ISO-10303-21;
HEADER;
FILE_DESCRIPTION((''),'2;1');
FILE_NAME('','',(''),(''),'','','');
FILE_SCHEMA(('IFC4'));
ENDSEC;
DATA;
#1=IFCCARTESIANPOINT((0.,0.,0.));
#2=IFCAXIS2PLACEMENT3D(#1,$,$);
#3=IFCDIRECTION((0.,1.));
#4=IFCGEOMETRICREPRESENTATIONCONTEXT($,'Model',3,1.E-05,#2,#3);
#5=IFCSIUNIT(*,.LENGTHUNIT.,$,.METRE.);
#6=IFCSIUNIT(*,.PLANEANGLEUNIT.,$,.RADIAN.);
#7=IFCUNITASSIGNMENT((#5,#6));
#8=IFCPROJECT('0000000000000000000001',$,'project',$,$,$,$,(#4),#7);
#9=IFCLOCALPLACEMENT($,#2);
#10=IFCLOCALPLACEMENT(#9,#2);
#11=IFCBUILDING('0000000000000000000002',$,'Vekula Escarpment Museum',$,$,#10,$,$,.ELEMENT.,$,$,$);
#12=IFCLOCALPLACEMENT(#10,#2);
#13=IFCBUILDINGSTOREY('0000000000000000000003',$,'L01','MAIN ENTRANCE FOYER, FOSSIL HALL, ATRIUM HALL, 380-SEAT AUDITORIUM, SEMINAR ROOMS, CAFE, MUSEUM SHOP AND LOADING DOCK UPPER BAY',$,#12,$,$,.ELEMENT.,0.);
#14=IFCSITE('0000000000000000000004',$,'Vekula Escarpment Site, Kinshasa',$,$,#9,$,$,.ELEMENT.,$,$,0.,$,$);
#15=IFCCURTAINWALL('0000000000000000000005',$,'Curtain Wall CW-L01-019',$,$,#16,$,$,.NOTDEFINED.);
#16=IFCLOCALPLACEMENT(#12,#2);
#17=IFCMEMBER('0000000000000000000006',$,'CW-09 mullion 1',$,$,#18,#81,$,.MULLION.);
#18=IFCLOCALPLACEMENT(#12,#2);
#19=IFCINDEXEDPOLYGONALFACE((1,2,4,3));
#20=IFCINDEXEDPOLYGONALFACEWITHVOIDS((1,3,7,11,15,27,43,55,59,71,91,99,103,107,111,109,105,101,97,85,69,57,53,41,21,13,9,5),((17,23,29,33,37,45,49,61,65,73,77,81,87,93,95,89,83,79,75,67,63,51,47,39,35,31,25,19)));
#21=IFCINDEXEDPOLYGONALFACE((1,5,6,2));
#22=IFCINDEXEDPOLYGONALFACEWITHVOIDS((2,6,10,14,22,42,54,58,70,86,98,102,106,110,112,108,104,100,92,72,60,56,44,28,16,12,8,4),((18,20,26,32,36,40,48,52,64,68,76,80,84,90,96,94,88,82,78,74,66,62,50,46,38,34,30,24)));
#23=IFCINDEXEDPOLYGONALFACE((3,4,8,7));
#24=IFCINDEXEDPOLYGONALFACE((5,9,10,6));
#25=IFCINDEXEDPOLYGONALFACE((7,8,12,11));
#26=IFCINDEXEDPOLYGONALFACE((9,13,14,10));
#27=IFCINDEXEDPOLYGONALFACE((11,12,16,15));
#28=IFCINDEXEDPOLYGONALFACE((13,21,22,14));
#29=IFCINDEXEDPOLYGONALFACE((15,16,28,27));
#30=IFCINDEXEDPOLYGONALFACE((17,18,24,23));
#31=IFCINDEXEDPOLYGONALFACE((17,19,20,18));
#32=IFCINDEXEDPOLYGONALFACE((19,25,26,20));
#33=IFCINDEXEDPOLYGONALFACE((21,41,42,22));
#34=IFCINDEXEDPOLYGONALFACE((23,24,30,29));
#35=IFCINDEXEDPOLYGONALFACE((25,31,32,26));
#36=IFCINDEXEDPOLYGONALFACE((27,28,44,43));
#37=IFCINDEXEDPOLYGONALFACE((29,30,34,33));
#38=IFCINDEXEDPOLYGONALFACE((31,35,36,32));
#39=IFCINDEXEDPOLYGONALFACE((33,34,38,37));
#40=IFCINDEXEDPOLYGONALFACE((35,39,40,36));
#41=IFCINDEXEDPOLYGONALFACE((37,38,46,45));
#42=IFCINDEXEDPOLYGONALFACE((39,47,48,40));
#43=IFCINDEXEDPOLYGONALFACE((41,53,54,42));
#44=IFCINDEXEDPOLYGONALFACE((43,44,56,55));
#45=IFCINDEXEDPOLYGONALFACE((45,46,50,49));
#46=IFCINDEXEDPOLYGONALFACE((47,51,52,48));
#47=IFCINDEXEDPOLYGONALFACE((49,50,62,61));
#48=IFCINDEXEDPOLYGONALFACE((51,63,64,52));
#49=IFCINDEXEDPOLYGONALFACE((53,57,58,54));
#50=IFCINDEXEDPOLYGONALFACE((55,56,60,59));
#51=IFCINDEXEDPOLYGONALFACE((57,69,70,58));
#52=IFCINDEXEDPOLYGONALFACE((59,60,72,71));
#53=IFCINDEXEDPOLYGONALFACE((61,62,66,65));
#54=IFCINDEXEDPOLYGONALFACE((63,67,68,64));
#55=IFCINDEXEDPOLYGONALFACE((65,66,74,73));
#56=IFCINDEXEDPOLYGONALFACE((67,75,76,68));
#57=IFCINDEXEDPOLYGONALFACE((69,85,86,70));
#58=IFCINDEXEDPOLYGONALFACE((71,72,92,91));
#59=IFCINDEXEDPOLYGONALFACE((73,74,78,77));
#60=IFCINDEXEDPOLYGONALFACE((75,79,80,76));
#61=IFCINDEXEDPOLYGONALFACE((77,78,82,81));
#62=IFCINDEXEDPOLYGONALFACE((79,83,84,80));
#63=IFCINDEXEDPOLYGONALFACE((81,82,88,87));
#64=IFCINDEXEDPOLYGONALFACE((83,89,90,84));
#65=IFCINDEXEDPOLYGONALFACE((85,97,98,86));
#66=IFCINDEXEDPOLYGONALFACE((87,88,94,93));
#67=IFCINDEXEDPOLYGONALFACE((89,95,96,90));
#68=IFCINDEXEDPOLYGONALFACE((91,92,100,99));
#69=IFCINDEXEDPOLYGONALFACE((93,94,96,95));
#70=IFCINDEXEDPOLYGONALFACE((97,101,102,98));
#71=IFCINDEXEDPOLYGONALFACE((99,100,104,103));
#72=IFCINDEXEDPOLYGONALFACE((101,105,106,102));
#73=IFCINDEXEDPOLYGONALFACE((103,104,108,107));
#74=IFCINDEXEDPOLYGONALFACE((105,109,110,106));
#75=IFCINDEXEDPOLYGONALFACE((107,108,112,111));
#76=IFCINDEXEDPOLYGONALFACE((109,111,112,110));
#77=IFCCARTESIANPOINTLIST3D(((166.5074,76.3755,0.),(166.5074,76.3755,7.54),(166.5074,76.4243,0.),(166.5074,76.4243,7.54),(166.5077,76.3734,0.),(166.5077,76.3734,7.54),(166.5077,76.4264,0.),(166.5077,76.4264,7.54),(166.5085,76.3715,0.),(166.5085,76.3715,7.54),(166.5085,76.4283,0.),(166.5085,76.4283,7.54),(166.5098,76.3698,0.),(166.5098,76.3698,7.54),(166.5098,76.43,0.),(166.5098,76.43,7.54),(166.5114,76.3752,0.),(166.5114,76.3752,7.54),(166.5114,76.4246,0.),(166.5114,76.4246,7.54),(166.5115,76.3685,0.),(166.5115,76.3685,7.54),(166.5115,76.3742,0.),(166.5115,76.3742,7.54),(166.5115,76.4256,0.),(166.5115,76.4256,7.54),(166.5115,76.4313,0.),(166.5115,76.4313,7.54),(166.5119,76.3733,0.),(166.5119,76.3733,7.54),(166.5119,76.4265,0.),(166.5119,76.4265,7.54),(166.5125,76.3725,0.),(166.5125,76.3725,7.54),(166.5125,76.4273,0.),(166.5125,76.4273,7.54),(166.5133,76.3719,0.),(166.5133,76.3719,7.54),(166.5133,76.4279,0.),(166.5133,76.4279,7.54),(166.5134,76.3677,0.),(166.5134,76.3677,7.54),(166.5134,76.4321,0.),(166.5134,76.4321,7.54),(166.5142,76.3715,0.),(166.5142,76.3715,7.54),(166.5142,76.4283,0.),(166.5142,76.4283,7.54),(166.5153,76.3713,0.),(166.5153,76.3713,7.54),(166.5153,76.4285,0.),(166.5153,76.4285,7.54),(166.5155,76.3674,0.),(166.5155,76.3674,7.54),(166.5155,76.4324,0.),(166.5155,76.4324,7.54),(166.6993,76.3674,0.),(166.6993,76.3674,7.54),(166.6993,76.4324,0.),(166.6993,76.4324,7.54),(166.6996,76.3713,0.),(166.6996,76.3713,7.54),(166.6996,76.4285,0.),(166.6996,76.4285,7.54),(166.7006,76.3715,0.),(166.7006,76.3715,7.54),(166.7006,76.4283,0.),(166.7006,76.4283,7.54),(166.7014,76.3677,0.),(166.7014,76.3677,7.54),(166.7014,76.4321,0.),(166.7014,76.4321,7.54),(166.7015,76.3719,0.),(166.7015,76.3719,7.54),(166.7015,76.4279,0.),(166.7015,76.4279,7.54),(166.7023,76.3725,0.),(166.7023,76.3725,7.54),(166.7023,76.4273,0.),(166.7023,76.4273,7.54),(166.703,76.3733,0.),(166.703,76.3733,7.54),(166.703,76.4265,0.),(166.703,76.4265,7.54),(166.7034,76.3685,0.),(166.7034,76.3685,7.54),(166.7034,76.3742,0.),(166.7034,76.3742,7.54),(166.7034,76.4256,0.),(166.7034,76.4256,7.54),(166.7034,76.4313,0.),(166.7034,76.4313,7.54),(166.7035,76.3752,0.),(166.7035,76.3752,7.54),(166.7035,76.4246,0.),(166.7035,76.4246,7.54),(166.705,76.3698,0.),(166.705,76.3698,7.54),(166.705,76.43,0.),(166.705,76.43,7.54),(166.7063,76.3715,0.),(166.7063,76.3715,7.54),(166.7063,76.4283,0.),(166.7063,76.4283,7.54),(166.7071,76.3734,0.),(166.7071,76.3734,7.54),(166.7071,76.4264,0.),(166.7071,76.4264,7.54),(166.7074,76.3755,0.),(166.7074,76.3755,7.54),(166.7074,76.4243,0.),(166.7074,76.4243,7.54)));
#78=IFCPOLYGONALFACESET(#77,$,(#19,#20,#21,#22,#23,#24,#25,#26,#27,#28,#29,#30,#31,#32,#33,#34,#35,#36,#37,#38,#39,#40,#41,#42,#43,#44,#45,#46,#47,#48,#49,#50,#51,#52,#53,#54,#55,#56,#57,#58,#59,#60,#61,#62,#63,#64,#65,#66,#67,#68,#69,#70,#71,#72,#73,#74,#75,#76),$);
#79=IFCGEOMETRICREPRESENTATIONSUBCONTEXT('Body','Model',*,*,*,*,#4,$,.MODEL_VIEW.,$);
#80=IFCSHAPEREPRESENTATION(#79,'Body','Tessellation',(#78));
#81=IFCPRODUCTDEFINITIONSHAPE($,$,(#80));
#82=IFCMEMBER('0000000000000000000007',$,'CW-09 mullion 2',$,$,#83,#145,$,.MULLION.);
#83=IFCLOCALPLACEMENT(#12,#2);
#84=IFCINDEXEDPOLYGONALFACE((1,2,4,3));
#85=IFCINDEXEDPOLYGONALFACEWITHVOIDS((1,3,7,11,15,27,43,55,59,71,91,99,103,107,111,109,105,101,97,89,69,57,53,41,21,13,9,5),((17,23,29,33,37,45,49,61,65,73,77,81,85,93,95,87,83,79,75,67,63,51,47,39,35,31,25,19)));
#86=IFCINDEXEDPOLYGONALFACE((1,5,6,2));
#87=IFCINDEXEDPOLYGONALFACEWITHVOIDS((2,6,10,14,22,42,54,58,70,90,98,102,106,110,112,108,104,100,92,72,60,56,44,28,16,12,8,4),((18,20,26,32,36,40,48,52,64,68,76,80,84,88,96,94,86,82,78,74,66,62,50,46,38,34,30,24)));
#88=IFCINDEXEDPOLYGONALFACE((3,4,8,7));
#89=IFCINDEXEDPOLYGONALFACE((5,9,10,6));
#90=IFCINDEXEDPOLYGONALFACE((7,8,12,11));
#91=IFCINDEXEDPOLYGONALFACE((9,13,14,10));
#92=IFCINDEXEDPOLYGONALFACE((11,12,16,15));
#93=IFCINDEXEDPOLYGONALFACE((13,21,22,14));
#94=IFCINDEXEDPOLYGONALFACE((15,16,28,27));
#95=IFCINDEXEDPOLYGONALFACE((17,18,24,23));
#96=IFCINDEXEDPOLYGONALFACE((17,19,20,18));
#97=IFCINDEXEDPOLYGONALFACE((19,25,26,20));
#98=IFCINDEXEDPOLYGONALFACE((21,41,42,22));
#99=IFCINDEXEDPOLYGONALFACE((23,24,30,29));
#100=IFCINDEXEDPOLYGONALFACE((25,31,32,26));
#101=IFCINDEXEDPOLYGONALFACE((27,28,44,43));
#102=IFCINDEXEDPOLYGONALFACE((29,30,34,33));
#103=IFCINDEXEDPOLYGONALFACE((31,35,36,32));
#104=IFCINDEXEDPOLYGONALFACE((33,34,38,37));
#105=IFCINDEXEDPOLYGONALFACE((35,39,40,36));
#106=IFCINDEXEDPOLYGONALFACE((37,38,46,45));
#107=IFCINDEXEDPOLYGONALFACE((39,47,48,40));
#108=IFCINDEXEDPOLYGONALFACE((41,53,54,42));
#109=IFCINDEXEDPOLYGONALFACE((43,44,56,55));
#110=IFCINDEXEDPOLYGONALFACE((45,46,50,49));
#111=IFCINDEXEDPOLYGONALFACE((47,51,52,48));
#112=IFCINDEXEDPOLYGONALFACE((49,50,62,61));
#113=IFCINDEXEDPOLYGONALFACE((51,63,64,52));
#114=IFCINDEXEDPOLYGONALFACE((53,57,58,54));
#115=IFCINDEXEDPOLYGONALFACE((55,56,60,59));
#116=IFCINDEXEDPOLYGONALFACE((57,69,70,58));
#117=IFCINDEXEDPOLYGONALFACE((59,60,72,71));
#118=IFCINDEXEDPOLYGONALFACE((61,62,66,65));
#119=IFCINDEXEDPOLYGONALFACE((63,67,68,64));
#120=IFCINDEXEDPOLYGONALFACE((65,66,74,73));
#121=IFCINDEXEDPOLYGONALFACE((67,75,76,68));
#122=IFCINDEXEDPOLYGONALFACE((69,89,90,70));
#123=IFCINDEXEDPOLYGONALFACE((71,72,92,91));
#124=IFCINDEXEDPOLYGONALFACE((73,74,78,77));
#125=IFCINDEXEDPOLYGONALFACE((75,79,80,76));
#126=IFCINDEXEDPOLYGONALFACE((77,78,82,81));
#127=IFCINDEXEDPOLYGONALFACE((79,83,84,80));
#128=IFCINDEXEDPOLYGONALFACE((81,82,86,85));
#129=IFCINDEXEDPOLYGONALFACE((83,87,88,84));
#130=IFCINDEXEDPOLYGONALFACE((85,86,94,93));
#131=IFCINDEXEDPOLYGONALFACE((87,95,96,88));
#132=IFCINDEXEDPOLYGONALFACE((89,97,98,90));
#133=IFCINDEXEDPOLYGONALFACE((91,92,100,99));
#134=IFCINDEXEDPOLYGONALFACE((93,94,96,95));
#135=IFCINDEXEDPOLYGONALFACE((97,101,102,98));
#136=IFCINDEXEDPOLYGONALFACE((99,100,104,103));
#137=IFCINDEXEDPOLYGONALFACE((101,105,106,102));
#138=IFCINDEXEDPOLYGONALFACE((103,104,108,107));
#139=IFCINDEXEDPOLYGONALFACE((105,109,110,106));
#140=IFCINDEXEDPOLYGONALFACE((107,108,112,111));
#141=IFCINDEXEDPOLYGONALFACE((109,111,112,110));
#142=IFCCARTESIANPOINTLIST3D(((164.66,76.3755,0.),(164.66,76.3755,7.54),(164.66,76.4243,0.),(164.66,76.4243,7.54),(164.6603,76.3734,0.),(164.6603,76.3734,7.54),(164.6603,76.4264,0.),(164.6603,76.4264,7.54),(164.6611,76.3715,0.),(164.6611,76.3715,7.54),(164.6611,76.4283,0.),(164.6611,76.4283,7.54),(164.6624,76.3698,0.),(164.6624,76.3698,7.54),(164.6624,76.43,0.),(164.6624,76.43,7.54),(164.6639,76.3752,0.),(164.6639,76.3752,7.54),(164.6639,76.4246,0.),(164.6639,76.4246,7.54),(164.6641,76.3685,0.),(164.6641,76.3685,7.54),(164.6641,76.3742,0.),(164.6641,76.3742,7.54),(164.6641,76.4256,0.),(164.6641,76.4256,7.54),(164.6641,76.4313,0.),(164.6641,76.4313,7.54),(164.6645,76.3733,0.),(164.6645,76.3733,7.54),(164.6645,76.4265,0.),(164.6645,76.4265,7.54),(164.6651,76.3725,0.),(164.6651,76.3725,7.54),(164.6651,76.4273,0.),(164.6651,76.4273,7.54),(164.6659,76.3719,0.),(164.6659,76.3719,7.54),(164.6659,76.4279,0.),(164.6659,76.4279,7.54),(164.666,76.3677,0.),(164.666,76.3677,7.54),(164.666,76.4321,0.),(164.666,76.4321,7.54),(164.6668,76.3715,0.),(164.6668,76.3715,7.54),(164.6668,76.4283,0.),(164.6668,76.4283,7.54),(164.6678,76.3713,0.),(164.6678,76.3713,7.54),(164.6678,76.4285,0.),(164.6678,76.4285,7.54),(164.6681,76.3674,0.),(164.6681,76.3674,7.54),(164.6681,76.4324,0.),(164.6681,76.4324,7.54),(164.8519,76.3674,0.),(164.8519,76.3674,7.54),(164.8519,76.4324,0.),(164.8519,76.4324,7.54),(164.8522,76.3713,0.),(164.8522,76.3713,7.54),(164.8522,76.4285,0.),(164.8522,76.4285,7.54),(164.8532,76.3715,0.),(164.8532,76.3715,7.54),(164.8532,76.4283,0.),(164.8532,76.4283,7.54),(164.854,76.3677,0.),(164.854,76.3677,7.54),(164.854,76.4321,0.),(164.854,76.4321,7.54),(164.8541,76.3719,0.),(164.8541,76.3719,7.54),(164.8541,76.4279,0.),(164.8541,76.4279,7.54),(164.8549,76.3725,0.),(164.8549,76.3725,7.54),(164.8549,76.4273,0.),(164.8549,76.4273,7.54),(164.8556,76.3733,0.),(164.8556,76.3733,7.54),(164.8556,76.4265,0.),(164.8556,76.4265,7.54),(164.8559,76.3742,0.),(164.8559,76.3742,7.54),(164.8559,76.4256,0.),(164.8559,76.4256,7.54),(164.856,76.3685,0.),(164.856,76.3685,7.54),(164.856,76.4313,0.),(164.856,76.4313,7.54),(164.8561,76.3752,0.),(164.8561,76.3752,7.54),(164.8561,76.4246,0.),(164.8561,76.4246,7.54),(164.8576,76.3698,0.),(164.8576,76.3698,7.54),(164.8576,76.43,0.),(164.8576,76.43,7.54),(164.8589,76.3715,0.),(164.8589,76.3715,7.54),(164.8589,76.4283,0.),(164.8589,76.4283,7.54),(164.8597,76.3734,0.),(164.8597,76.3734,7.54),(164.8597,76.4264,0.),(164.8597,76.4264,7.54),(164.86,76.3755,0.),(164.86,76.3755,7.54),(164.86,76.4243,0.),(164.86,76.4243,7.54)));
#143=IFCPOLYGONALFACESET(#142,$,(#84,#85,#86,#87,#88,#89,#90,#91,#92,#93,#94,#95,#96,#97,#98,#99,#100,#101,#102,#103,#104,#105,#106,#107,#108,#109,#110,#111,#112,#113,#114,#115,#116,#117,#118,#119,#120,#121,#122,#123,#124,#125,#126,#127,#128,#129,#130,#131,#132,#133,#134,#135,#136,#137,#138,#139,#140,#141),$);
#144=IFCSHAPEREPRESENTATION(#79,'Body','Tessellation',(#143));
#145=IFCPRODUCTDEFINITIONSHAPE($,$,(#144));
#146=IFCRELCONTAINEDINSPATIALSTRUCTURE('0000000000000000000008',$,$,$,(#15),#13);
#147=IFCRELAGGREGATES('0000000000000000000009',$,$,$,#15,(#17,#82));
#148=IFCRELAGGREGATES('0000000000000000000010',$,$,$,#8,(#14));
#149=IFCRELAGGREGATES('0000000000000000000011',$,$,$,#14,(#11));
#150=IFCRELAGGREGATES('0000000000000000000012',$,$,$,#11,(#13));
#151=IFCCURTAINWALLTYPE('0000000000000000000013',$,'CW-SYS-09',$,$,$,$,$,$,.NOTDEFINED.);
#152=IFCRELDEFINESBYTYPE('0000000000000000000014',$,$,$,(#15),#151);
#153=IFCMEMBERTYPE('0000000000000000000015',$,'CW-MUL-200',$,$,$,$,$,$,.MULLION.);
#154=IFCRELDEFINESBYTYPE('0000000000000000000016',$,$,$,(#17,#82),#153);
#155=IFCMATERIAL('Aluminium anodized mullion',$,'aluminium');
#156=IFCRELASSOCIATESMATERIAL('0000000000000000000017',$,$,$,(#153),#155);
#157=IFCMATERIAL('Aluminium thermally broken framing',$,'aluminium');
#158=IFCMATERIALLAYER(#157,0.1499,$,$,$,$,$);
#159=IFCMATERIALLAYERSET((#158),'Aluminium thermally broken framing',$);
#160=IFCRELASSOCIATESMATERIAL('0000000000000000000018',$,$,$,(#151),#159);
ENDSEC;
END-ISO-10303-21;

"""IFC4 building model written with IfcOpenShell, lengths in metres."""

from ifc_helpers import new_model, si_unit, direction, frame, origin, origin_2d, place, context, subcontext, project, spatial, hollow_rectangle, extrude, material, layer, layer_set, material_profile, profile_set, type_object, element, aggregate, save


model = new_model("IFC4")

# Units and contexts
model_context = context("Model", 3, precision=1e-05, world=origin(), true_north=direction((0.0, 1.0)))
body_context = subcontext(model_context, "Body", "Model", "MODEL_VIEW")
ifc_project = project(units=[si_unit("LENGTHUNIT", "METRE"), si_unit("PLANEANGLEUNIT", "RADIAN")], contexts=[model_context])

# Site, building, storey
site_placement = place(None, origin())
site = spatial("IfcSite", under=ifc_project, at=site_placement, Name="Vekula Escarpment Site, Kinshasa", CompositionType="ELEMENT", RefElevation=0.0)
building_placement = place(site_placement, origin())
building = spatial("IfcBuilding", under=site, at=building_placement, Name="Vekula Escarpment Museum", CompositionType="ELEMENT")
storey_placement = place(building_placement, origin())
storey = spatial("IfcBuildingStorey", under=building, at=storey_placement, Name="L01", Description="MAIN ENTRANCE FOYER, FOSSIL HALL, ATRIUM HALL, 380-SEAT AUDITORIUM, SEMINAR ROOMS, CAFE, MUSEUM SHOP AND LOADING DOCK UPPER BAY", CompositionType="ELEMENT", Elevation=0.0)

# Curtain wall, members
ifc_material_1 = material(Name="Aluminium anodized mullion", Category="aluminium")
ifc_material_profile_1 = material_profile(ifc_material_1, hollow_rectangle(XDim=0.0649, YDim=0.2, WallThickness=0.0039, InnerFilletRadius=0.0039, OuterFilletRadius=0.0081, at=origin_2d()), Name="ALU 200x65x4")
ifc_profile_set_1 = profile_set([ifc_material_profile_1], Name="Aluminium anodized mullion")
member_type_1 = type_object("IfcMemberType", Name="CW-MUL-200", PredefinedType="MULLION", material=ifc_profile_set_1)
ifc_material_2 = material(Name="Aluminium thermally broken framing", Category="aluminium")
ifc_layer_1 = layer(ifc_material_2, 0.1499)
ifc_layer_set_1 = layer_set([ifc_layer_1], Name="Aluminium thermally broken framing")
curtain_wall_type_1 = type_object("IfcCurtainWallType", Name="CW-SYS-09", PredefinedType="NOTDEFINED", material=ifc_layer_set_1)
curtain_wall_1_placement = place(storey_placement, origin())
curtain_wall_1 = element("IfcCurtainWall", 1, at=curtain_wall_1_placement, inside=storey, type_object=curtain_wall_type_1, Name="Curtain Wall CW-L01-019", PredefinedType="NOTDEFINED")
member_1_placement = place(storey_placement, frame((166.6074, 76.3999, 0.0), z_axis=(0.0, 0.0, 1.0), x_axis=(0.0, -1.0, 0.0)))
member_1 = element("IfcMember", 2, at=member_1_placement, type_object=member_type_1, Name="CW-09 mullion 1", PredefinedType="MULLION", context=body_context, shape_type="SweptSolid", body=[
    extrude(hollow_rectangle(XDim=0.0649, YDim=0.2, WallThickness=0.0039, InnerFilletRadius=0.0039, OuterFilletRadius=0.0081, at=origin_2d()), origin(), (0.0, 0.0, 1.0), 7.54),
])
member_2_placement = place(storey_placement, frame((164.76, 76.3999, 0.0), z_axis=(0.0, 0.0, 1.0), x_axis=(0.0, -1.0, 0.0)))
member_2 = element("IfcMember", 3, at=member_2_placement, type_object=member_type_1, Name="CW-09 mullion 2", PredefinedType="MULLION", context=body_context, shape_type="SweptSolid", body=[
    extrude(hollow_rectangle(XDim=0.0649, YDim=0.2, WallThickness=0.0039, InnerFilletRadius=0.0039, OuterFilletRadius=0.0081, at=origin_2d()), origin(), (0.0, 0.0, 1.0), 7.54),
])

aggregate(curtain_wall_1, [member_1, member_2])

save(model, "model.ifc")
